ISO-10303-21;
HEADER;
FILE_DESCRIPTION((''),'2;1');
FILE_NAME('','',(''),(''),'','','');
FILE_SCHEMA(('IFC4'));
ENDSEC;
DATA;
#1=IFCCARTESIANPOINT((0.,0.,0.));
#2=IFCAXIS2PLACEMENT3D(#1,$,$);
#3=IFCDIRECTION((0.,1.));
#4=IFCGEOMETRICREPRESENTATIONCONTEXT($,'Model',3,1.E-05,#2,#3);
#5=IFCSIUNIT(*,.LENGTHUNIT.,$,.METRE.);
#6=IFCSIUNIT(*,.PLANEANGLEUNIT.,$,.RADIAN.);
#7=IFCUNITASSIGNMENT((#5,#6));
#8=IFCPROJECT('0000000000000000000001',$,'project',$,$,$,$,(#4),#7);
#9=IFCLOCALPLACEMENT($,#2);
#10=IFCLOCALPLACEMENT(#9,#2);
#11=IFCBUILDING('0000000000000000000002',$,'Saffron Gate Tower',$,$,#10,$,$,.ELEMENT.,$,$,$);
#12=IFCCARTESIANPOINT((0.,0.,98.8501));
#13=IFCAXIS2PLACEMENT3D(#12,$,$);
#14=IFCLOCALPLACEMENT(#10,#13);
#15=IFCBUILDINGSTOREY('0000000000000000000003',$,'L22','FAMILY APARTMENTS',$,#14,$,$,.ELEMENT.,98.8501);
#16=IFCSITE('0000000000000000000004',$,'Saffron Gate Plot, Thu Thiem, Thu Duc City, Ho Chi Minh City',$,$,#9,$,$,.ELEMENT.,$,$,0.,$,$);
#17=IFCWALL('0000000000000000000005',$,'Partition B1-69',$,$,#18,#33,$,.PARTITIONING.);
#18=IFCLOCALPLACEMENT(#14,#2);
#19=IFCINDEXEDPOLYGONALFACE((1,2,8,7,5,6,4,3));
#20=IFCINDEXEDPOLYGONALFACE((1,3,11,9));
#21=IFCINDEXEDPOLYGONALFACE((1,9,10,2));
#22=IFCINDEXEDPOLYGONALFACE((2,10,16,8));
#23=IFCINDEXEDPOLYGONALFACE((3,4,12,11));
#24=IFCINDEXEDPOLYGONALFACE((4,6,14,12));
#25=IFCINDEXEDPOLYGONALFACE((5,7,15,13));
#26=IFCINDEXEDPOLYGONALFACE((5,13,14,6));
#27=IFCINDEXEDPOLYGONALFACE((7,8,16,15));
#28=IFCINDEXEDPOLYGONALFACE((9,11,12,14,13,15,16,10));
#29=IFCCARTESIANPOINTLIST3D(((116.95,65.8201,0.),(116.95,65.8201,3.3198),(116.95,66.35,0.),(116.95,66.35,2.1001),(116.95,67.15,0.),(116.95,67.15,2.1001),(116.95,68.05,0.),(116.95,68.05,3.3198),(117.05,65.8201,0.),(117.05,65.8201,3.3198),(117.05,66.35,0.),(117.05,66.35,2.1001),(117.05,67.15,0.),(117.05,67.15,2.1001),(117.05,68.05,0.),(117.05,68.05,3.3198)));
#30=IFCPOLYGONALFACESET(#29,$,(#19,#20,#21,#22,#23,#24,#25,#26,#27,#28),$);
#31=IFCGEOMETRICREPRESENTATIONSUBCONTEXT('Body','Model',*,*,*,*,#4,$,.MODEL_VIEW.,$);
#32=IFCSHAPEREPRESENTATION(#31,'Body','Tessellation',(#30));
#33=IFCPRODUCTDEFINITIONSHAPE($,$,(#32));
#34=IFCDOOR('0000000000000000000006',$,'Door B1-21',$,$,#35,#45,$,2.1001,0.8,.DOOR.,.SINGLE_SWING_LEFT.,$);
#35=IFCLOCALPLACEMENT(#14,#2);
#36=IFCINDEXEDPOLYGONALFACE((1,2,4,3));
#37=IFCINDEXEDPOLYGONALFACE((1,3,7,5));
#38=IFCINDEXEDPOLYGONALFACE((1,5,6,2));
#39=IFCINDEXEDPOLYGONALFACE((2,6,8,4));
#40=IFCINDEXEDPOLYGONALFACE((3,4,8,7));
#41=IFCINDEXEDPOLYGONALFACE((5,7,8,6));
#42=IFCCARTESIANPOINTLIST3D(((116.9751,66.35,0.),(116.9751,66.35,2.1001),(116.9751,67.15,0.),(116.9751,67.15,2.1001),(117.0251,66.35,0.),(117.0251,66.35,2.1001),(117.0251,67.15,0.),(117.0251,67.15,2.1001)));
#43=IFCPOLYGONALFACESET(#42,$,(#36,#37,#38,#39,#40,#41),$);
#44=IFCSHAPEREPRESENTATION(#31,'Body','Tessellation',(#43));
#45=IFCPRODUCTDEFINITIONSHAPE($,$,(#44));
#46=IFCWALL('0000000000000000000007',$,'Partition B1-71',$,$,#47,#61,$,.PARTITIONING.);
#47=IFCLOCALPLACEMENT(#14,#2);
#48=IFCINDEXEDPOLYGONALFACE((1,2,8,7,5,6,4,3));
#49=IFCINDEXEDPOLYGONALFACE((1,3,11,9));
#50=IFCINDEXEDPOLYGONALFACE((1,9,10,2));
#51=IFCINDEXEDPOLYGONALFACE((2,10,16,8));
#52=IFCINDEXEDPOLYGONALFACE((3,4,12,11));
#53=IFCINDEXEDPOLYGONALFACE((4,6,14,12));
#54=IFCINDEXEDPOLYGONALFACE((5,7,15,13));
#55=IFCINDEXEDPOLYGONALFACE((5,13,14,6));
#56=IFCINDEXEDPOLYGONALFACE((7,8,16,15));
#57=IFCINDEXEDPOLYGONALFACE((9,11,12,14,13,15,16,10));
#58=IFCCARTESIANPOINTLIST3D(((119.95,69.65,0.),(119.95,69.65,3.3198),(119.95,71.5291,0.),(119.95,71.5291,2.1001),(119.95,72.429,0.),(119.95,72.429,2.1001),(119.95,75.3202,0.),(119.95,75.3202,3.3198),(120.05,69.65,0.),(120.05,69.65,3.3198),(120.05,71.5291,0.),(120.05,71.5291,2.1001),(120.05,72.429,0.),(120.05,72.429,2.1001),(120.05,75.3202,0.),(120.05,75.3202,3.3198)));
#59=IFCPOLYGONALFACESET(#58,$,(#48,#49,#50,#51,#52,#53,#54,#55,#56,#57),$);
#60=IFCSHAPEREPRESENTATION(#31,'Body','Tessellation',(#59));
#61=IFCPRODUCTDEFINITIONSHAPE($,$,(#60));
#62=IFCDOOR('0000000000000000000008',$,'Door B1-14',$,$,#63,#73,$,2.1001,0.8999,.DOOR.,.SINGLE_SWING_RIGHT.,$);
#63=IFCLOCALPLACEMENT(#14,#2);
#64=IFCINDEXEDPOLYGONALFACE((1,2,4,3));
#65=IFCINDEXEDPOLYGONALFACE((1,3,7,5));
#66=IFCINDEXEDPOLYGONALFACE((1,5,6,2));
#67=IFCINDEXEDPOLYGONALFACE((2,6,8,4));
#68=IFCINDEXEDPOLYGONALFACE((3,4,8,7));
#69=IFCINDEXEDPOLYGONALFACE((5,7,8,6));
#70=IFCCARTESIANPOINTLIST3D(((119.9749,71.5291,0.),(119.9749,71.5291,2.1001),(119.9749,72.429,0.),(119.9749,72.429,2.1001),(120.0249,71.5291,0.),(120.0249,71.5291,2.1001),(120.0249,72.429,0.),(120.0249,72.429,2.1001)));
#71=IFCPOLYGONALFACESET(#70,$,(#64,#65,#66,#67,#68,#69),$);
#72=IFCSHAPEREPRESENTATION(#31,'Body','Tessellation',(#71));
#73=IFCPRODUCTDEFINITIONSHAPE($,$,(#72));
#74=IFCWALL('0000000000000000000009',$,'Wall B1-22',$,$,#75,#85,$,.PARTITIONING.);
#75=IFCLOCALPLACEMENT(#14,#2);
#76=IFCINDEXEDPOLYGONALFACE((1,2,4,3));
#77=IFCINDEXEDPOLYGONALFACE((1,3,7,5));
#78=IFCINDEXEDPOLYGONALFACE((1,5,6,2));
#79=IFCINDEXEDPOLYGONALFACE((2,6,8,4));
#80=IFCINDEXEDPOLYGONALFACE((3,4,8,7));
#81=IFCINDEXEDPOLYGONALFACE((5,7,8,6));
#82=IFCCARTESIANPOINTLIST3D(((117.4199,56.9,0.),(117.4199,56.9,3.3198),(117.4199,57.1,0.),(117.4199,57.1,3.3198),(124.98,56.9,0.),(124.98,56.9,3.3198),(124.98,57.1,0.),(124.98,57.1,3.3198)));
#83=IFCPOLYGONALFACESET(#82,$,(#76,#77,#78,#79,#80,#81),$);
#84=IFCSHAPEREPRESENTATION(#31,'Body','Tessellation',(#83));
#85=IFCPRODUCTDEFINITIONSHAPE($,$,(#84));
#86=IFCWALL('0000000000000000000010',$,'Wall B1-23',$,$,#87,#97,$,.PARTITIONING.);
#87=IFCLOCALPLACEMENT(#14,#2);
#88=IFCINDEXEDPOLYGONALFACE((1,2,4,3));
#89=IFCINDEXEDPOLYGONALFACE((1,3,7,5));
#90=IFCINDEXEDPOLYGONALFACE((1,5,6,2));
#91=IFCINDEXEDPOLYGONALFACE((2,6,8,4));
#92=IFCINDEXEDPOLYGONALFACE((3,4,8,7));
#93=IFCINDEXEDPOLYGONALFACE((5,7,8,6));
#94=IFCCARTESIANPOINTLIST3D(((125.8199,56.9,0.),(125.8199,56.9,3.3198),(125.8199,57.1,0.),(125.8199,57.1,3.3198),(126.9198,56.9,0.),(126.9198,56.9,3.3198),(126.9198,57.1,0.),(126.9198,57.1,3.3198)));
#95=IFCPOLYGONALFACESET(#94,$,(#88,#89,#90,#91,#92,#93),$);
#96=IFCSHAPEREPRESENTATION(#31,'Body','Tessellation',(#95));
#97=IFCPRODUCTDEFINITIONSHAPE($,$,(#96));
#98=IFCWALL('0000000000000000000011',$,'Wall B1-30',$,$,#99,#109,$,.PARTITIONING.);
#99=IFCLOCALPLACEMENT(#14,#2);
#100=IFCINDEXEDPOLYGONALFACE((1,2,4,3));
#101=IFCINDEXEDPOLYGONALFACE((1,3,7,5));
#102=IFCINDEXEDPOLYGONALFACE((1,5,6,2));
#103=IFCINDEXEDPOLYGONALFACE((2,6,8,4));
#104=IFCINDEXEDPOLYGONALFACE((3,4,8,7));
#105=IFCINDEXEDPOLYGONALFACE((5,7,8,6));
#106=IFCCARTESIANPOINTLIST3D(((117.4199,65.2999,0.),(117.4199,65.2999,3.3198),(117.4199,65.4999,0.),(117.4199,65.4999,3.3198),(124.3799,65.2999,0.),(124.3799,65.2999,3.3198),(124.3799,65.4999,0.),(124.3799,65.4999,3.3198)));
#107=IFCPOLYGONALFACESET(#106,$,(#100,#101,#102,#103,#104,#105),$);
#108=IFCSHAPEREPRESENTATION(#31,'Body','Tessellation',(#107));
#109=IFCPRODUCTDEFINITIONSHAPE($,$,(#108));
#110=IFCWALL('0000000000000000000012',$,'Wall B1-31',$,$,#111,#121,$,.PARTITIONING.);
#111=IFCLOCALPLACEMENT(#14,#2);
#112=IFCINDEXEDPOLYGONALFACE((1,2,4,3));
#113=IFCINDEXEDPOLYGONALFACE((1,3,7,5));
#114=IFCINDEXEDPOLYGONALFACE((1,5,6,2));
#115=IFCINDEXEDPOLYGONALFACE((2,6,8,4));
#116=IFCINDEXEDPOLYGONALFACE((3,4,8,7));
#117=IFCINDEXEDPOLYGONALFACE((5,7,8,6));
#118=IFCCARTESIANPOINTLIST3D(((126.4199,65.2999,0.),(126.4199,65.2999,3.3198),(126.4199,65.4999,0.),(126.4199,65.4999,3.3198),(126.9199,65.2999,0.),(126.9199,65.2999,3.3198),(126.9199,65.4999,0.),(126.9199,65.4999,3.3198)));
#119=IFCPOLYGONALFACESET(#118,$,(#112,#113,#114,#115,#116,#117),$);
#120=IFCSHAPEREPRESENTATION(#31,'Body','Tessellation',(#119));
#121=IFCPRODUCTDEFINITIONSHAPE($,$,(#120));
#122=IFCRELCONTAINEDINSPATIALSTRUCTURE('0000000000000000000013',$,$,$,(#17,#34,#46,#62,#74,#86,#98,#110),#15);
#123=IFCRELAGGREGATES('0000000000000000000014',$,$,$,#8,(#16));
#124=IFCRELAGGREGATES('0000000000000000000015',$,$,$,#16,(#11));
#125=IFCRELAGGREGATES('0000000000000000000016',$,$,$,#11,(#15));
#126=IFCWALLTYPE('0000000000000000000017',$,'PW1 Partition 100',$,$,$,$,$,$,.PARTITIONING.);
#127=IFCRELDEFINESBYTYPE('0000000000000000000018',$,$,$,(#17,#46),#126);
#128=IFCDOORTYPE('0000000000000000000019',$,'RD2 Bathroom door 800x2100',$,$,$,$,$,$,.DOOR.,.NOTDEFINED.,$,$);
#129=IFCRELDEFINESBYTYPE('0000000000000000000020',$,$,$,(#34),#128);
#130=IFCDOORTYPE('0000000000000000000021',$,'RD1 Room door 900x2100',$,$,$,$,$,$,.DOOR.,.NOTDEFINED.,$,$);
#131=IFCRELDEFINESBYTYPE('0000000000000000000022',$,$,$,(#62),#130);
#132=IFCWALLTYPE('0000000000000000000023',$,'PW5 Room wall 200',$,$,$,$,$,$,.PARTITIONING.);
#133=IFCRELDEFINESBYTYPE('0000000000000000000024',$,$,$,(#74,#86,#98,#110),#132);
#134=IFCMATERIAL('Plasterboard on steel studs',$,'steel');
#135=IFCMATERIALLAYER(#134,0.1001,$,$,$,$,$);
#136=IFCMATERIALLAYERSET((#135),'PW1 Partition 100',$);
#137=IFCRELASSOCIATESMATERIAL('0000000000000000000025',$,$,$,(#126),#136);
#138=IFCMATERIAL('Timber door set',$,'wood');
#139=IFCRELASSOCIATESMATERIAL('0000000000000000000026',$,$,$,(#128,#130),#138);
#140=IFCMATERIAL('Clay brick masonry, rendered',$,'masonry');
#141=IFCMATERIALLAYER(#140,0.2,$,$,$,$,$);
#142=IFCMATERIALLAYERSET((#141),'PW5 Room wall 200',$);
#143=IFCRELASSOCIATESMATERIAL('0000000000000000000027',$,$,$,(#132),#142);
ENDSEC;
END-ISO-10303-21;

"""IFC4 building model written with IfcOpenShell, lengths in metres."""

from ifc_helpers import new_model, si_unit, direction, frame, frame_2d, origin, place, context, subcontext, project, spatial, rectangle, extrude, material, layer, layer_set, type_object, element, fill, save


model = new_model("IFC4")

# Units and contexts
model_context = context("Model", 3, precision=1e-05, world=origin(), true_north=direction((0.0, 1.0)))
body_context = subcontext(model_context, "Body", "Model", "MODEL_VIEW")
ifc_project = project(units=[si_unit("LENGTHUNIT", "METRE"), si_unit("PLANEANGLEUNIT", "RADIAN")], contexts=[model_context])

# Site, building, storey
site_placement = place(None, origin())
site = spatial("IfcSite", under=ifc_project, at=site_placement, Name="Saffron Gate Plot, Thu Thiem, Thu Duc City, Ho Chi Minh City", CompositionType="ELEMENT", RefElevation=0.0)
building_placement = place(site_placement, origin())
building = spatial("IfcBuilding", under=site, at=building_placement, Name="Saffron Gate Tower", CompositionType="ELEMENT")
storey_placement = place(building_placement, frame((0.0, 0.0, 98.8501)))
storey = spatial("IfcBuildingStorey", under=building, at=storey_placement, Name="L22", Description="FAMILY APARTMENTS", CompositionType="ELEMENT", Elevation=98.8501)

# Shared definitions
ifc_material_1 = material(Name="Plasterboard on steel studs", Category="steel")
ifc_layer_1 = layer(ifc_material_1, 0.1001)
ifc_layer_set_1 = layer_set([ifc_layer_1], Name="PW1 Partition 100")
wall_type_1 = type_object("IfcWallType", Name="PW1 Partition 100", PredefinedType="PARTITIONING", material=ifc_layer_set_1)

# Walls, openings, doors
wall_1_placement = place(storey_placement, frame((117.0, 65.8201, 0.0), z_axis=(0.0, 0.0, 1.0), x_axis=(0.0, 1.0, 0.0)))
wall_1 = element("IfcWall", 1, at=wall_1_placement, inside=storey, type_object=wall_type_1, Name="Partition B1-69", PredefinedType="PARTITIONING", context=body_context, shape_type="SweptSolid", body=[
    extrude(rectangle(XDim=2.23, YDim=0.1001, at=frame_2d((1.115, 0.0))), origin(), (0.0, 0.0, 1.0), 3.3198),
])
opening_1_placement = place(wall_1_placement, frame((0.53, 0.0, 0.0)))
opening_1 = element("IfcOpeningElement", 2, at=opening_1_placement, cuts=wall_1, PredefinedType="OPENING", context=body_context, shape_type="SweptSolid", body=[
    extrude(rectangle(XDim=0.8, YDim=2.1001, at=frame_2d((0.3999, 1.05))), frame((0.0, 0.0601, 0.0), z_axis=(0.0, -1.0, 0.0), x_axis=(1.0, 0.0, 0.0)), (0.0, 0.0, 1.0), 0.1201),
])
ifc_material_2 = material(Name="Timber door set", Category="wood")
door_type_1 = type_object("IfcDoorType", Name="RD2 Bathroom door 800x2100", OperationType="NOTDEFINED", PredefinedType="DOOR", material=ifc_material_2)
door_1_placement = place(opening_1_placement, origin())
door_1 = element("IfcDoor", 3, at=door_1_placement, inside=storey, type_object=door_type_1, Name="Door B1-21", OperationType="SINGLE_SWING_LEFT", OverallHeight=2.1001, OverallWidth=0.8, PredefinedType="DOOR", context=body_context, shape_type="SweptSolid", body=[
    extrude(rectangle(XDim=0.8, YDim=2.1001, at=frame_2d((0.3999, 1.05))), frame((0.0, 0.0249, 0.0), z_axis=(0.0, -1.0, 0.0), x_axis=(1.0, 0.0, 0.0)), (0.0, 0.0, 1.0), 0.05),
])
fill(opening_1, door_1)
wall_2_placement = place(storey_placement, frame((120.0, 75.3201, 0.0), z_axis=(0.0, 0.0, 1.0), x_axis=(0.0, -1.0, 0.0)))
wall_2 = element("IfcWall", 4, at=wall_2_placement, inside=storey, type_object=wall_type_1, Name="Partition B1-71", PredefinedType="PARTITIONING", context=body_context, shape_type="SweptSolid", body=[
    extrude(rectangle(XDim=5.6702, YDim=0.1001, at=frame_2d((2.835, 0.0))), origin(), (0.0, 0.0, 1.0), 3.3198),
])
opening_2_placement = place(wall_2_placement, frame((2.8911, 0.0, 0.0)))
opening_2 = element("IfcOpeningElement", 5, at=opening_2_placement, cuts=wall_2, PredefinedType="OPENING", context=body_context, shape_type="SweptSolid", body=[
    extrude(rectangle(XDim=0.8999, YDim=2.1001, at=frame_2d((0.45, 1.05))), frame((0.0, 0.0601, 0.0), z_axis=(0.0, -1.0, 0.0), x_axis=(1.0, 0.0, 0.0)), (0.0, 0.0, 1.0), 0.1201),
])
door_type_2 = type_object("IfcDoorType", Name="RD1 Room door 900x2100", OperationType="NOTDEFINED", PredefinedType="DOOR", material=ifc_material_2)
door_2_placement = place(opening_2_placement, origin())
door_2 = element("IfcDoor", 6, at=door_2_placement, inside=storey, type_object=door_type_2, Name="Door B1-14", OperationType="SINGLE_SWING_RIGHT", OverallHeight=2.1001, OverallWidth=0.8999, PredefinedType="DOOR", context=body_context, shape_type="SweptSolid", body=[
    extrude(rectangle(XDim=0.8999, YDim=2.1001, at=frame_2d((0.45, 1.05))), frame((0.0, 0.0249, 0.0), z_axis=(0.0, -1.0, 0.0), x_axis=(1.0, 0.0, 0.0)), (0.0, 0.0, 1.0), 0.05),
])
fill(opening_2, door_2)

# Walls
ifc_material_3 = material(Name="Clay brick masonry, rendered", Category="masonry")
ifc_layer_2 = layer(ifc_material_3, 0.2)
ifc_layer_set_2 = layer_set([ifc_layer_2], Name="PW5 Room wall 200")
wall_type_2 = type_object("IfcWallType", Name="PW5 Room wall 200", PredefinedType="PARTITIONING", material=ifc_layer_set_2)
wall_3_placement = place(storey_placement, frame((117.4199, 57.0, 0.0), z_axis=(0.0, 0.0, 1.0), x_axis=(1.0, 0.0, 0.0)))
element("IfcWall", 7, at=wall_3_placement, inside=storey, type_object=wall_type_2, Name="Wall B1-22", PredefinedType="PARTITIONING", context=body_context, shape_type="SweptSolid", body=[
    extrude(rectangle(XDim=7.5601, YDim=0.2, at=frame_2d((3.78, 0.0))), origin(), (0.0, 0.0, 1.0), 3.3198),
])
wall_4_placement = place(storey_placement, frame((125.8201, 57.0, 0.0), z_axis=(0.0, 0.0, 1.0), x_axis=(1.0, 0.0, 0.0)))
element("IfcWall", 8, at=wall_4_placement, inside=storey, type_object=wall_type_2, Name="Wall B1-23", PredefinedType="PARTITIONING", context=body_context, shape_type="SweptSolid", body=[
    extrude(rectangle(XDim=1.0999, YDim=0.2, at=frame_2d((0.5498, 0.0))), origin(), (0.0, 0.0, 1.0), 3.3198),
])
wall_5_placement = place(storey_placement, frame((117.4199, 65.3999, 0.0), z_axis=(0.0, 0.0, 1.0), x_axis=(1.0, 0.0, 0.0)))
element("IfcWall", 9, at=wall_5_placement, inside=storey, type_object=wall_type_2, Name="Wall B1-30", PredefinedType="PARTITIONING", context=body_context, shape_type="SweptSolid", body=[
    extrude(rectangle(XDim=6.96, YDim=0.2, at=frame_2d((3.48, 0.0))), origin(), (0.0, 0.0, 1.0), 3.3198),
])
wall_6_placement = place(storey_placement, frame((126.4199, 65.3999, 0.0), z_axis=(0.0, 0.0, 1.0), x_axis=(1.0, 0.0, 0.0)))
element("IfcWall", 10, at=wall_6_placement, inside=storey, type_object=wall_type_2, Name="Wall B1-31", PredefinedType="PARTITIONING", context=body_context, shape_type="SweptSolid", body=[
    extrude(rectangle(XDim=0.5, YDim=0.2, at=frame_2d((0.25, 0.0))), origin(), (0.0, 0.0, 1.0), 3.3198),
])

save(model, "model.ifc")
